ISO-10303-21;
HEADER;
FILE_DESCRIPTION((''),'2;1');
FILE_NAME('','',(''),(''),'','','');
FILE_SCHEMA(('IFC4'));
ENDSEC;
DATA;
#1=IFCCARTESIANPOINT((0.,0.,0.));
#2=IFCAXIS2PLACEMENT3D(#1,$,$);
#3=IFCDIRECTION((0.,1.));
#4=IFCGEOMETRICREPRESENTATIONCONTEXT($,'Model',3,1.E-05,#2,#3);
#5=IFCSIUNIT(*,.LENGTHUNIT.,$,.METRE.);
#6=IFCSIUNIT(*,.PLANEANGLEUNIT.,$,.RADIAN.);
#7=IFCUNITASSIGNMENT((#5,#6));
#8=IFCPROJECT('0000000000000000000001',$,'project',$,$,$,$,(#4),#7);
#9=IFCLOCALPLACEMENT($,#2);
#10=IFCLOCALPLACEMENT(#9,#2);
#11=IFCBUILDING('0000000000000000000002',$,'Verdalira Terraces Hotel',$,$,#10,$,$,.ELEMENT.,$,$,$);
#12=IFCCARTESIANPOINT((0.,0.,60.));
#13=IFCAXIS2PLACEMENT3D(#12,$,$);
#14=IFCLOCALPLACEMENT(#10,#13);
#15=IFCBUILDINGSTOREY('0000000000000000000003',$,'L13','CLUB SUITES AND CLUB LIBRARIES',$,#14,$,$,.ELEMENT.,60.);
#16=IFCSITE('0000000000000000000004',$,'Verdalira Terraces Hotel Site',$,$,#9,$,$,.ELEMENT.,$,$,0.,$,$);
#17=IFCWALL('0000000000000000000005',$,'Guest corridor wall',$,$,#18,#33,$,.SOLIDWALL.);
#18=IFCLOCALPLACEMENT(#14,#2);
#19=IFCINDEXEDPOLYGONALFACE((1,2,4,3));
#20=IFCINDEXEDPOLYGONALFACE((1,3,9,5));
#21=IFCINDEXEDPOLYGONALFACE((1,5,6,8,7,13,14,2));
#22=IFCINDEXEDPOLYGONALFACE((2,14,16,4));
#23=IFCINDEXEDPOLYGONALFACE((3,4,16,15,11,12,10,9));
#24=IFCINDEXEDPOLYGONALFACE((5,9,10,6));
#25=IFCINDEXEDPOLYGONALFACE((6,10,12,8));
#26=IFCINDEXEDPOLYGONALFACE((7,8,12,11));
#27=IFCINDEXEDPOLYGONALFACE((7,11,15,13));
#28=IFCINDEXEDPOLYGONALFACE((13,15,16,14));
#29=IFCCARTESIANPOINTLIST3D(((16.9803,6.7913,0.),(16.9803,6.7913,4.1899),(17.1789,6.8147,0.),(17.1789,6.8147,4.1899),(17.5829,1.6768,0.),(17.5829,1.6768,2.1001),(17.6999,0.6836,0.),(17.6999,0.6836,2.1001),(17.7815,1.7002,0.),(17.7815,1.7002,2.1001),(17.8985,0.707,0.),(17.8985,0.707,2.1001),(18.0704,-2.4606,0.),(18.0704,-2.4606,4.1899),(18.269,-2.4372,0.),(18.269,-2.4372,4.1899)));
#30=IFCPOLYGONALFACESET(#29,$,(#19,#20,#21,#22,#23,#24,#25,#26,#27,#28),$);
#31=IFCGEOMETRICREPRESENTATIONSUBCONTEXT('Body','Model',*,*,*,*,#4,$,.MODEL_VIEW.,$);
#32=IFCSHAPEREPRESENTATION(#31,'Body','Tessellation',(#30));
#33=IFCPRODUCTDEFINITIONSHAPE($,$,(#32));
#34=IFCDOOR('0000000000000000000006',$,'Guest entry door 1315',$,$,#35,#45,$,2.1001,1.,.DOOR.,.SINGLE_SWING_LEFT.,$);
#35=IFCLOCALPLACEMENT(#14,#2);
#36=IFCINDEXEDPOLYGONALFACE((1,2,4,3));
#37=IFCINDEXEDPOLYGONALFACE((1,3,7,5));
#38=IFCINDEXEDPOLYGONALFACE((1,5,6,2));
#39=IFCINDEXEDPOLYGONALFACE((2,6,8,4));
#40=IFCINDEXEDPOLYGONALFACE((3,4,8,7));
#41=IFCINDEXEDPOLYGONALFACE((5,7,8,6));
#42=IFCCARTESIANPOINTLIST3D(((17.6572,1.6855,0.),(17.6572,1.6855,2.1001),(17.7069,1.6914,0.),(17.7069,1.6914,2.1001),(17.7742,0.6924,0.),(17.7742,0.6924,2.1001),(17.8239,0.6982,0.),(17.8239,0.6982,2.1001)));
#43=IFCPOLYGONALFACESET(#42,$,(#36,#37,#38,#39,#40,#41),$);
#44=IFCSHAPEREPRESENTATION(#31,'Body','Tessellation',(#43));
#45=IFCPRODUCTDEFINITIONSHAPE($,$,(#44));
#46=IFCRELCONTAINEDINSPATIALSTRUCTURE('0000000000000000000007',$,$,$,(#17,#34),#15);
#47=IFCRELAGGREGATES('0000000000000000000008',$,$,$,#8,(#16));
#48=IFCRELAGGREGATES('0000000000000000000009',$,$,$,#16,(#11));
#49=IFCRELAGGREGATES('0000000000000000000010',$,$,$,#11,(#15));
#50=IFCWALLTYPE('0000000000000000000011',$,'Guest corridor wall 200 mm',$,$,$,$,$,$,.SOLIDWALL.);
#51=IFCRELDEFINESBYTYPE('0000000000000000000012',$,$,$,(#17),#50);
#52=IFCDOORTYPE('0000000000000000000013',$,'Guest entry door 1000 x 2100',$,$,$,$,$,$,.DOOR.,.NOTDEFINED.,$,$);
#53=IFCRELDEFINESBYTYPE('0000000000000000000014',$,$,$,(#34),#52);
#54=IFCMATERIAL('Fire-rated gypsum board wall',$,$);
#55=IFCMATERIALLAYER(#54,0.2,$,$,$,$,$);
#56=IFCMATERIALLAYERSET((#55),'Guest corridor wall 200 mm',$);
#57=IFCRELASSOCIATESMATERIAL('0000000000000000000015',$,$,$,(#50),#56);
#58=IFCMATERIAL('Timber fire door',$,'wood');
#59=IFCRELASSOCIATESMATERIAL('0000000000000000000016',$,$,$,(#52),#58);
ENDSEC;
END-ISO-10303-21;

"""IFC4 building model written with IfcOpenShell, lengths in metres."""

from ifc_helpers import new_model, si_unit, direction, frame, frame_2d, origin, place, context, subcontext, project, spatial, rectangle, extrude, material, layer, layer_set, type_object, element, fill, save


model = new_model("IFC4")

# Units and contexts
model_context = context("Model", 3, precision=1e-05, world=origin(), true_north=direction((0.0, 1.0)))
body_context = subcontext(model_context, "Body", "Model", "MODEL_VIEW")
ifc_project = project(units=[si_unit("LENGTHUNIT", "METRE"), si_unit("PLANEANGLEUNIT", "RADIAN")], contexts=[model_context])

# Site, building, storey
site_placement = place(None, origin())
site = spatial("IfcSite", under=ifc_project, at=site_placement, Name="Verdalira Terraces Hotel Site", CompositionType="ELEMENT", RefElevation=0.0)
building_placement = place(site_placement, origin())
building = spatial("IfcBuilding", under=site, at=building_placement, Name="Verdalira Terraces Hotel", CompositionType="ELEMENT")
storey_placement = place(building_placement, frame((0.0, 0.0, 60.0)))
storey = spatial("IfcBuildingStorey", under=building, at=storey_placement, Name="L13", Description="CLUB SUITES AND CLUB LIBRARIES", CompositionType="ELEMENT", Elevation=60.0)

# Wall, opening, door
ifc_material_1 = material(Name="Fire-rated gypsum board wall")
ifc_layer_1 = layer(ifc_material_1, 0.2)
ifc_layer_set_1 = layer_set([ifc_layer_1], Name="Guest corridor wall 200 mm")
wall_type_1 = type_object("IfcWallType", Name="Guest corridor wall 200 mm", PredefinedType="SOLIDWALL", material=ifc_layer_set_1)
wall_1_placement = place(storey_placement, frame((17.0796, 6.803, 0.0), z_axis=(0.0, 0.0, 1.0), x_axis=(0.117013, -0.99313, 0.0)))
wall_1 = element("IfcWall", 1, at=wall_1_placement, inside=storey, type_object=wall_type_1, Name="Guest corridor wall", PredefinedType="SOLIDWALL", context=body_context, shape_type="SweptSolid", body=[
    extrude(rectangle(XDim=9.3159, YDim=0.2, at=frame_2d((4.658, 0.0))), origin(), (0.0, 0.0, 1.0), 4.1899),
])
opening_1_placement = place(wall_1_placement, frame((5.1499, 0.0, 0.0)))
opening_1 = element("IfcOpeningElement", 2, at=opening_1_placement, cuts=wall_1, PredefinedType="OPENING", context=body_context, shape_type="SweptSolid", body=[
    extrude(rectangle(XDim=1.0, YDim=2.1001, at=frame_2d((0.5, 1.05))), frame((0.0, 0.1099, 0.0), z_axis=(0.0, -1.0, 0.0), x_axis=(1.0, 0.0, 0.0)), (0.0, 0.0, 1.0), 0.22),
])
ifc_material_2 = material(Name="Timber fire door", Category="wood")
door_type_1 = type_object("IfcDoorType", Name="Guest entry door 1000 x 2100", OperationType="NOTDEFINED", PredefinedType="DOOR", material=ifc_material_2)
door_1_placement = place(opening_1_placement, origin())
door_1 = element("IfcDoor", 3, at=door_1_placement, inside=storey, type_object=door_type_1, Name="Guest entry door 1315", OperationType="SINGLE_SWING_LEFT", OverallHeight=2.1001, OverallWidth=1.0, PredefinedType="DOOR", context=body_context, shape_type="SweptSolid", body=[
    extrude(rectangle(XDim=1.0, YDim=2.1001, at=frame_2d((0.5, 1.05))), frame((0.0, 0.0249, 0.0), z_axis=(0.0, -1.0, 0.0), x_axis=(1.0, 0.0, 0.0)), (0.0, 0.0, 1.0), 0.05),
])
fill(opening_1, door_1)

save(model, "model.ifc")
